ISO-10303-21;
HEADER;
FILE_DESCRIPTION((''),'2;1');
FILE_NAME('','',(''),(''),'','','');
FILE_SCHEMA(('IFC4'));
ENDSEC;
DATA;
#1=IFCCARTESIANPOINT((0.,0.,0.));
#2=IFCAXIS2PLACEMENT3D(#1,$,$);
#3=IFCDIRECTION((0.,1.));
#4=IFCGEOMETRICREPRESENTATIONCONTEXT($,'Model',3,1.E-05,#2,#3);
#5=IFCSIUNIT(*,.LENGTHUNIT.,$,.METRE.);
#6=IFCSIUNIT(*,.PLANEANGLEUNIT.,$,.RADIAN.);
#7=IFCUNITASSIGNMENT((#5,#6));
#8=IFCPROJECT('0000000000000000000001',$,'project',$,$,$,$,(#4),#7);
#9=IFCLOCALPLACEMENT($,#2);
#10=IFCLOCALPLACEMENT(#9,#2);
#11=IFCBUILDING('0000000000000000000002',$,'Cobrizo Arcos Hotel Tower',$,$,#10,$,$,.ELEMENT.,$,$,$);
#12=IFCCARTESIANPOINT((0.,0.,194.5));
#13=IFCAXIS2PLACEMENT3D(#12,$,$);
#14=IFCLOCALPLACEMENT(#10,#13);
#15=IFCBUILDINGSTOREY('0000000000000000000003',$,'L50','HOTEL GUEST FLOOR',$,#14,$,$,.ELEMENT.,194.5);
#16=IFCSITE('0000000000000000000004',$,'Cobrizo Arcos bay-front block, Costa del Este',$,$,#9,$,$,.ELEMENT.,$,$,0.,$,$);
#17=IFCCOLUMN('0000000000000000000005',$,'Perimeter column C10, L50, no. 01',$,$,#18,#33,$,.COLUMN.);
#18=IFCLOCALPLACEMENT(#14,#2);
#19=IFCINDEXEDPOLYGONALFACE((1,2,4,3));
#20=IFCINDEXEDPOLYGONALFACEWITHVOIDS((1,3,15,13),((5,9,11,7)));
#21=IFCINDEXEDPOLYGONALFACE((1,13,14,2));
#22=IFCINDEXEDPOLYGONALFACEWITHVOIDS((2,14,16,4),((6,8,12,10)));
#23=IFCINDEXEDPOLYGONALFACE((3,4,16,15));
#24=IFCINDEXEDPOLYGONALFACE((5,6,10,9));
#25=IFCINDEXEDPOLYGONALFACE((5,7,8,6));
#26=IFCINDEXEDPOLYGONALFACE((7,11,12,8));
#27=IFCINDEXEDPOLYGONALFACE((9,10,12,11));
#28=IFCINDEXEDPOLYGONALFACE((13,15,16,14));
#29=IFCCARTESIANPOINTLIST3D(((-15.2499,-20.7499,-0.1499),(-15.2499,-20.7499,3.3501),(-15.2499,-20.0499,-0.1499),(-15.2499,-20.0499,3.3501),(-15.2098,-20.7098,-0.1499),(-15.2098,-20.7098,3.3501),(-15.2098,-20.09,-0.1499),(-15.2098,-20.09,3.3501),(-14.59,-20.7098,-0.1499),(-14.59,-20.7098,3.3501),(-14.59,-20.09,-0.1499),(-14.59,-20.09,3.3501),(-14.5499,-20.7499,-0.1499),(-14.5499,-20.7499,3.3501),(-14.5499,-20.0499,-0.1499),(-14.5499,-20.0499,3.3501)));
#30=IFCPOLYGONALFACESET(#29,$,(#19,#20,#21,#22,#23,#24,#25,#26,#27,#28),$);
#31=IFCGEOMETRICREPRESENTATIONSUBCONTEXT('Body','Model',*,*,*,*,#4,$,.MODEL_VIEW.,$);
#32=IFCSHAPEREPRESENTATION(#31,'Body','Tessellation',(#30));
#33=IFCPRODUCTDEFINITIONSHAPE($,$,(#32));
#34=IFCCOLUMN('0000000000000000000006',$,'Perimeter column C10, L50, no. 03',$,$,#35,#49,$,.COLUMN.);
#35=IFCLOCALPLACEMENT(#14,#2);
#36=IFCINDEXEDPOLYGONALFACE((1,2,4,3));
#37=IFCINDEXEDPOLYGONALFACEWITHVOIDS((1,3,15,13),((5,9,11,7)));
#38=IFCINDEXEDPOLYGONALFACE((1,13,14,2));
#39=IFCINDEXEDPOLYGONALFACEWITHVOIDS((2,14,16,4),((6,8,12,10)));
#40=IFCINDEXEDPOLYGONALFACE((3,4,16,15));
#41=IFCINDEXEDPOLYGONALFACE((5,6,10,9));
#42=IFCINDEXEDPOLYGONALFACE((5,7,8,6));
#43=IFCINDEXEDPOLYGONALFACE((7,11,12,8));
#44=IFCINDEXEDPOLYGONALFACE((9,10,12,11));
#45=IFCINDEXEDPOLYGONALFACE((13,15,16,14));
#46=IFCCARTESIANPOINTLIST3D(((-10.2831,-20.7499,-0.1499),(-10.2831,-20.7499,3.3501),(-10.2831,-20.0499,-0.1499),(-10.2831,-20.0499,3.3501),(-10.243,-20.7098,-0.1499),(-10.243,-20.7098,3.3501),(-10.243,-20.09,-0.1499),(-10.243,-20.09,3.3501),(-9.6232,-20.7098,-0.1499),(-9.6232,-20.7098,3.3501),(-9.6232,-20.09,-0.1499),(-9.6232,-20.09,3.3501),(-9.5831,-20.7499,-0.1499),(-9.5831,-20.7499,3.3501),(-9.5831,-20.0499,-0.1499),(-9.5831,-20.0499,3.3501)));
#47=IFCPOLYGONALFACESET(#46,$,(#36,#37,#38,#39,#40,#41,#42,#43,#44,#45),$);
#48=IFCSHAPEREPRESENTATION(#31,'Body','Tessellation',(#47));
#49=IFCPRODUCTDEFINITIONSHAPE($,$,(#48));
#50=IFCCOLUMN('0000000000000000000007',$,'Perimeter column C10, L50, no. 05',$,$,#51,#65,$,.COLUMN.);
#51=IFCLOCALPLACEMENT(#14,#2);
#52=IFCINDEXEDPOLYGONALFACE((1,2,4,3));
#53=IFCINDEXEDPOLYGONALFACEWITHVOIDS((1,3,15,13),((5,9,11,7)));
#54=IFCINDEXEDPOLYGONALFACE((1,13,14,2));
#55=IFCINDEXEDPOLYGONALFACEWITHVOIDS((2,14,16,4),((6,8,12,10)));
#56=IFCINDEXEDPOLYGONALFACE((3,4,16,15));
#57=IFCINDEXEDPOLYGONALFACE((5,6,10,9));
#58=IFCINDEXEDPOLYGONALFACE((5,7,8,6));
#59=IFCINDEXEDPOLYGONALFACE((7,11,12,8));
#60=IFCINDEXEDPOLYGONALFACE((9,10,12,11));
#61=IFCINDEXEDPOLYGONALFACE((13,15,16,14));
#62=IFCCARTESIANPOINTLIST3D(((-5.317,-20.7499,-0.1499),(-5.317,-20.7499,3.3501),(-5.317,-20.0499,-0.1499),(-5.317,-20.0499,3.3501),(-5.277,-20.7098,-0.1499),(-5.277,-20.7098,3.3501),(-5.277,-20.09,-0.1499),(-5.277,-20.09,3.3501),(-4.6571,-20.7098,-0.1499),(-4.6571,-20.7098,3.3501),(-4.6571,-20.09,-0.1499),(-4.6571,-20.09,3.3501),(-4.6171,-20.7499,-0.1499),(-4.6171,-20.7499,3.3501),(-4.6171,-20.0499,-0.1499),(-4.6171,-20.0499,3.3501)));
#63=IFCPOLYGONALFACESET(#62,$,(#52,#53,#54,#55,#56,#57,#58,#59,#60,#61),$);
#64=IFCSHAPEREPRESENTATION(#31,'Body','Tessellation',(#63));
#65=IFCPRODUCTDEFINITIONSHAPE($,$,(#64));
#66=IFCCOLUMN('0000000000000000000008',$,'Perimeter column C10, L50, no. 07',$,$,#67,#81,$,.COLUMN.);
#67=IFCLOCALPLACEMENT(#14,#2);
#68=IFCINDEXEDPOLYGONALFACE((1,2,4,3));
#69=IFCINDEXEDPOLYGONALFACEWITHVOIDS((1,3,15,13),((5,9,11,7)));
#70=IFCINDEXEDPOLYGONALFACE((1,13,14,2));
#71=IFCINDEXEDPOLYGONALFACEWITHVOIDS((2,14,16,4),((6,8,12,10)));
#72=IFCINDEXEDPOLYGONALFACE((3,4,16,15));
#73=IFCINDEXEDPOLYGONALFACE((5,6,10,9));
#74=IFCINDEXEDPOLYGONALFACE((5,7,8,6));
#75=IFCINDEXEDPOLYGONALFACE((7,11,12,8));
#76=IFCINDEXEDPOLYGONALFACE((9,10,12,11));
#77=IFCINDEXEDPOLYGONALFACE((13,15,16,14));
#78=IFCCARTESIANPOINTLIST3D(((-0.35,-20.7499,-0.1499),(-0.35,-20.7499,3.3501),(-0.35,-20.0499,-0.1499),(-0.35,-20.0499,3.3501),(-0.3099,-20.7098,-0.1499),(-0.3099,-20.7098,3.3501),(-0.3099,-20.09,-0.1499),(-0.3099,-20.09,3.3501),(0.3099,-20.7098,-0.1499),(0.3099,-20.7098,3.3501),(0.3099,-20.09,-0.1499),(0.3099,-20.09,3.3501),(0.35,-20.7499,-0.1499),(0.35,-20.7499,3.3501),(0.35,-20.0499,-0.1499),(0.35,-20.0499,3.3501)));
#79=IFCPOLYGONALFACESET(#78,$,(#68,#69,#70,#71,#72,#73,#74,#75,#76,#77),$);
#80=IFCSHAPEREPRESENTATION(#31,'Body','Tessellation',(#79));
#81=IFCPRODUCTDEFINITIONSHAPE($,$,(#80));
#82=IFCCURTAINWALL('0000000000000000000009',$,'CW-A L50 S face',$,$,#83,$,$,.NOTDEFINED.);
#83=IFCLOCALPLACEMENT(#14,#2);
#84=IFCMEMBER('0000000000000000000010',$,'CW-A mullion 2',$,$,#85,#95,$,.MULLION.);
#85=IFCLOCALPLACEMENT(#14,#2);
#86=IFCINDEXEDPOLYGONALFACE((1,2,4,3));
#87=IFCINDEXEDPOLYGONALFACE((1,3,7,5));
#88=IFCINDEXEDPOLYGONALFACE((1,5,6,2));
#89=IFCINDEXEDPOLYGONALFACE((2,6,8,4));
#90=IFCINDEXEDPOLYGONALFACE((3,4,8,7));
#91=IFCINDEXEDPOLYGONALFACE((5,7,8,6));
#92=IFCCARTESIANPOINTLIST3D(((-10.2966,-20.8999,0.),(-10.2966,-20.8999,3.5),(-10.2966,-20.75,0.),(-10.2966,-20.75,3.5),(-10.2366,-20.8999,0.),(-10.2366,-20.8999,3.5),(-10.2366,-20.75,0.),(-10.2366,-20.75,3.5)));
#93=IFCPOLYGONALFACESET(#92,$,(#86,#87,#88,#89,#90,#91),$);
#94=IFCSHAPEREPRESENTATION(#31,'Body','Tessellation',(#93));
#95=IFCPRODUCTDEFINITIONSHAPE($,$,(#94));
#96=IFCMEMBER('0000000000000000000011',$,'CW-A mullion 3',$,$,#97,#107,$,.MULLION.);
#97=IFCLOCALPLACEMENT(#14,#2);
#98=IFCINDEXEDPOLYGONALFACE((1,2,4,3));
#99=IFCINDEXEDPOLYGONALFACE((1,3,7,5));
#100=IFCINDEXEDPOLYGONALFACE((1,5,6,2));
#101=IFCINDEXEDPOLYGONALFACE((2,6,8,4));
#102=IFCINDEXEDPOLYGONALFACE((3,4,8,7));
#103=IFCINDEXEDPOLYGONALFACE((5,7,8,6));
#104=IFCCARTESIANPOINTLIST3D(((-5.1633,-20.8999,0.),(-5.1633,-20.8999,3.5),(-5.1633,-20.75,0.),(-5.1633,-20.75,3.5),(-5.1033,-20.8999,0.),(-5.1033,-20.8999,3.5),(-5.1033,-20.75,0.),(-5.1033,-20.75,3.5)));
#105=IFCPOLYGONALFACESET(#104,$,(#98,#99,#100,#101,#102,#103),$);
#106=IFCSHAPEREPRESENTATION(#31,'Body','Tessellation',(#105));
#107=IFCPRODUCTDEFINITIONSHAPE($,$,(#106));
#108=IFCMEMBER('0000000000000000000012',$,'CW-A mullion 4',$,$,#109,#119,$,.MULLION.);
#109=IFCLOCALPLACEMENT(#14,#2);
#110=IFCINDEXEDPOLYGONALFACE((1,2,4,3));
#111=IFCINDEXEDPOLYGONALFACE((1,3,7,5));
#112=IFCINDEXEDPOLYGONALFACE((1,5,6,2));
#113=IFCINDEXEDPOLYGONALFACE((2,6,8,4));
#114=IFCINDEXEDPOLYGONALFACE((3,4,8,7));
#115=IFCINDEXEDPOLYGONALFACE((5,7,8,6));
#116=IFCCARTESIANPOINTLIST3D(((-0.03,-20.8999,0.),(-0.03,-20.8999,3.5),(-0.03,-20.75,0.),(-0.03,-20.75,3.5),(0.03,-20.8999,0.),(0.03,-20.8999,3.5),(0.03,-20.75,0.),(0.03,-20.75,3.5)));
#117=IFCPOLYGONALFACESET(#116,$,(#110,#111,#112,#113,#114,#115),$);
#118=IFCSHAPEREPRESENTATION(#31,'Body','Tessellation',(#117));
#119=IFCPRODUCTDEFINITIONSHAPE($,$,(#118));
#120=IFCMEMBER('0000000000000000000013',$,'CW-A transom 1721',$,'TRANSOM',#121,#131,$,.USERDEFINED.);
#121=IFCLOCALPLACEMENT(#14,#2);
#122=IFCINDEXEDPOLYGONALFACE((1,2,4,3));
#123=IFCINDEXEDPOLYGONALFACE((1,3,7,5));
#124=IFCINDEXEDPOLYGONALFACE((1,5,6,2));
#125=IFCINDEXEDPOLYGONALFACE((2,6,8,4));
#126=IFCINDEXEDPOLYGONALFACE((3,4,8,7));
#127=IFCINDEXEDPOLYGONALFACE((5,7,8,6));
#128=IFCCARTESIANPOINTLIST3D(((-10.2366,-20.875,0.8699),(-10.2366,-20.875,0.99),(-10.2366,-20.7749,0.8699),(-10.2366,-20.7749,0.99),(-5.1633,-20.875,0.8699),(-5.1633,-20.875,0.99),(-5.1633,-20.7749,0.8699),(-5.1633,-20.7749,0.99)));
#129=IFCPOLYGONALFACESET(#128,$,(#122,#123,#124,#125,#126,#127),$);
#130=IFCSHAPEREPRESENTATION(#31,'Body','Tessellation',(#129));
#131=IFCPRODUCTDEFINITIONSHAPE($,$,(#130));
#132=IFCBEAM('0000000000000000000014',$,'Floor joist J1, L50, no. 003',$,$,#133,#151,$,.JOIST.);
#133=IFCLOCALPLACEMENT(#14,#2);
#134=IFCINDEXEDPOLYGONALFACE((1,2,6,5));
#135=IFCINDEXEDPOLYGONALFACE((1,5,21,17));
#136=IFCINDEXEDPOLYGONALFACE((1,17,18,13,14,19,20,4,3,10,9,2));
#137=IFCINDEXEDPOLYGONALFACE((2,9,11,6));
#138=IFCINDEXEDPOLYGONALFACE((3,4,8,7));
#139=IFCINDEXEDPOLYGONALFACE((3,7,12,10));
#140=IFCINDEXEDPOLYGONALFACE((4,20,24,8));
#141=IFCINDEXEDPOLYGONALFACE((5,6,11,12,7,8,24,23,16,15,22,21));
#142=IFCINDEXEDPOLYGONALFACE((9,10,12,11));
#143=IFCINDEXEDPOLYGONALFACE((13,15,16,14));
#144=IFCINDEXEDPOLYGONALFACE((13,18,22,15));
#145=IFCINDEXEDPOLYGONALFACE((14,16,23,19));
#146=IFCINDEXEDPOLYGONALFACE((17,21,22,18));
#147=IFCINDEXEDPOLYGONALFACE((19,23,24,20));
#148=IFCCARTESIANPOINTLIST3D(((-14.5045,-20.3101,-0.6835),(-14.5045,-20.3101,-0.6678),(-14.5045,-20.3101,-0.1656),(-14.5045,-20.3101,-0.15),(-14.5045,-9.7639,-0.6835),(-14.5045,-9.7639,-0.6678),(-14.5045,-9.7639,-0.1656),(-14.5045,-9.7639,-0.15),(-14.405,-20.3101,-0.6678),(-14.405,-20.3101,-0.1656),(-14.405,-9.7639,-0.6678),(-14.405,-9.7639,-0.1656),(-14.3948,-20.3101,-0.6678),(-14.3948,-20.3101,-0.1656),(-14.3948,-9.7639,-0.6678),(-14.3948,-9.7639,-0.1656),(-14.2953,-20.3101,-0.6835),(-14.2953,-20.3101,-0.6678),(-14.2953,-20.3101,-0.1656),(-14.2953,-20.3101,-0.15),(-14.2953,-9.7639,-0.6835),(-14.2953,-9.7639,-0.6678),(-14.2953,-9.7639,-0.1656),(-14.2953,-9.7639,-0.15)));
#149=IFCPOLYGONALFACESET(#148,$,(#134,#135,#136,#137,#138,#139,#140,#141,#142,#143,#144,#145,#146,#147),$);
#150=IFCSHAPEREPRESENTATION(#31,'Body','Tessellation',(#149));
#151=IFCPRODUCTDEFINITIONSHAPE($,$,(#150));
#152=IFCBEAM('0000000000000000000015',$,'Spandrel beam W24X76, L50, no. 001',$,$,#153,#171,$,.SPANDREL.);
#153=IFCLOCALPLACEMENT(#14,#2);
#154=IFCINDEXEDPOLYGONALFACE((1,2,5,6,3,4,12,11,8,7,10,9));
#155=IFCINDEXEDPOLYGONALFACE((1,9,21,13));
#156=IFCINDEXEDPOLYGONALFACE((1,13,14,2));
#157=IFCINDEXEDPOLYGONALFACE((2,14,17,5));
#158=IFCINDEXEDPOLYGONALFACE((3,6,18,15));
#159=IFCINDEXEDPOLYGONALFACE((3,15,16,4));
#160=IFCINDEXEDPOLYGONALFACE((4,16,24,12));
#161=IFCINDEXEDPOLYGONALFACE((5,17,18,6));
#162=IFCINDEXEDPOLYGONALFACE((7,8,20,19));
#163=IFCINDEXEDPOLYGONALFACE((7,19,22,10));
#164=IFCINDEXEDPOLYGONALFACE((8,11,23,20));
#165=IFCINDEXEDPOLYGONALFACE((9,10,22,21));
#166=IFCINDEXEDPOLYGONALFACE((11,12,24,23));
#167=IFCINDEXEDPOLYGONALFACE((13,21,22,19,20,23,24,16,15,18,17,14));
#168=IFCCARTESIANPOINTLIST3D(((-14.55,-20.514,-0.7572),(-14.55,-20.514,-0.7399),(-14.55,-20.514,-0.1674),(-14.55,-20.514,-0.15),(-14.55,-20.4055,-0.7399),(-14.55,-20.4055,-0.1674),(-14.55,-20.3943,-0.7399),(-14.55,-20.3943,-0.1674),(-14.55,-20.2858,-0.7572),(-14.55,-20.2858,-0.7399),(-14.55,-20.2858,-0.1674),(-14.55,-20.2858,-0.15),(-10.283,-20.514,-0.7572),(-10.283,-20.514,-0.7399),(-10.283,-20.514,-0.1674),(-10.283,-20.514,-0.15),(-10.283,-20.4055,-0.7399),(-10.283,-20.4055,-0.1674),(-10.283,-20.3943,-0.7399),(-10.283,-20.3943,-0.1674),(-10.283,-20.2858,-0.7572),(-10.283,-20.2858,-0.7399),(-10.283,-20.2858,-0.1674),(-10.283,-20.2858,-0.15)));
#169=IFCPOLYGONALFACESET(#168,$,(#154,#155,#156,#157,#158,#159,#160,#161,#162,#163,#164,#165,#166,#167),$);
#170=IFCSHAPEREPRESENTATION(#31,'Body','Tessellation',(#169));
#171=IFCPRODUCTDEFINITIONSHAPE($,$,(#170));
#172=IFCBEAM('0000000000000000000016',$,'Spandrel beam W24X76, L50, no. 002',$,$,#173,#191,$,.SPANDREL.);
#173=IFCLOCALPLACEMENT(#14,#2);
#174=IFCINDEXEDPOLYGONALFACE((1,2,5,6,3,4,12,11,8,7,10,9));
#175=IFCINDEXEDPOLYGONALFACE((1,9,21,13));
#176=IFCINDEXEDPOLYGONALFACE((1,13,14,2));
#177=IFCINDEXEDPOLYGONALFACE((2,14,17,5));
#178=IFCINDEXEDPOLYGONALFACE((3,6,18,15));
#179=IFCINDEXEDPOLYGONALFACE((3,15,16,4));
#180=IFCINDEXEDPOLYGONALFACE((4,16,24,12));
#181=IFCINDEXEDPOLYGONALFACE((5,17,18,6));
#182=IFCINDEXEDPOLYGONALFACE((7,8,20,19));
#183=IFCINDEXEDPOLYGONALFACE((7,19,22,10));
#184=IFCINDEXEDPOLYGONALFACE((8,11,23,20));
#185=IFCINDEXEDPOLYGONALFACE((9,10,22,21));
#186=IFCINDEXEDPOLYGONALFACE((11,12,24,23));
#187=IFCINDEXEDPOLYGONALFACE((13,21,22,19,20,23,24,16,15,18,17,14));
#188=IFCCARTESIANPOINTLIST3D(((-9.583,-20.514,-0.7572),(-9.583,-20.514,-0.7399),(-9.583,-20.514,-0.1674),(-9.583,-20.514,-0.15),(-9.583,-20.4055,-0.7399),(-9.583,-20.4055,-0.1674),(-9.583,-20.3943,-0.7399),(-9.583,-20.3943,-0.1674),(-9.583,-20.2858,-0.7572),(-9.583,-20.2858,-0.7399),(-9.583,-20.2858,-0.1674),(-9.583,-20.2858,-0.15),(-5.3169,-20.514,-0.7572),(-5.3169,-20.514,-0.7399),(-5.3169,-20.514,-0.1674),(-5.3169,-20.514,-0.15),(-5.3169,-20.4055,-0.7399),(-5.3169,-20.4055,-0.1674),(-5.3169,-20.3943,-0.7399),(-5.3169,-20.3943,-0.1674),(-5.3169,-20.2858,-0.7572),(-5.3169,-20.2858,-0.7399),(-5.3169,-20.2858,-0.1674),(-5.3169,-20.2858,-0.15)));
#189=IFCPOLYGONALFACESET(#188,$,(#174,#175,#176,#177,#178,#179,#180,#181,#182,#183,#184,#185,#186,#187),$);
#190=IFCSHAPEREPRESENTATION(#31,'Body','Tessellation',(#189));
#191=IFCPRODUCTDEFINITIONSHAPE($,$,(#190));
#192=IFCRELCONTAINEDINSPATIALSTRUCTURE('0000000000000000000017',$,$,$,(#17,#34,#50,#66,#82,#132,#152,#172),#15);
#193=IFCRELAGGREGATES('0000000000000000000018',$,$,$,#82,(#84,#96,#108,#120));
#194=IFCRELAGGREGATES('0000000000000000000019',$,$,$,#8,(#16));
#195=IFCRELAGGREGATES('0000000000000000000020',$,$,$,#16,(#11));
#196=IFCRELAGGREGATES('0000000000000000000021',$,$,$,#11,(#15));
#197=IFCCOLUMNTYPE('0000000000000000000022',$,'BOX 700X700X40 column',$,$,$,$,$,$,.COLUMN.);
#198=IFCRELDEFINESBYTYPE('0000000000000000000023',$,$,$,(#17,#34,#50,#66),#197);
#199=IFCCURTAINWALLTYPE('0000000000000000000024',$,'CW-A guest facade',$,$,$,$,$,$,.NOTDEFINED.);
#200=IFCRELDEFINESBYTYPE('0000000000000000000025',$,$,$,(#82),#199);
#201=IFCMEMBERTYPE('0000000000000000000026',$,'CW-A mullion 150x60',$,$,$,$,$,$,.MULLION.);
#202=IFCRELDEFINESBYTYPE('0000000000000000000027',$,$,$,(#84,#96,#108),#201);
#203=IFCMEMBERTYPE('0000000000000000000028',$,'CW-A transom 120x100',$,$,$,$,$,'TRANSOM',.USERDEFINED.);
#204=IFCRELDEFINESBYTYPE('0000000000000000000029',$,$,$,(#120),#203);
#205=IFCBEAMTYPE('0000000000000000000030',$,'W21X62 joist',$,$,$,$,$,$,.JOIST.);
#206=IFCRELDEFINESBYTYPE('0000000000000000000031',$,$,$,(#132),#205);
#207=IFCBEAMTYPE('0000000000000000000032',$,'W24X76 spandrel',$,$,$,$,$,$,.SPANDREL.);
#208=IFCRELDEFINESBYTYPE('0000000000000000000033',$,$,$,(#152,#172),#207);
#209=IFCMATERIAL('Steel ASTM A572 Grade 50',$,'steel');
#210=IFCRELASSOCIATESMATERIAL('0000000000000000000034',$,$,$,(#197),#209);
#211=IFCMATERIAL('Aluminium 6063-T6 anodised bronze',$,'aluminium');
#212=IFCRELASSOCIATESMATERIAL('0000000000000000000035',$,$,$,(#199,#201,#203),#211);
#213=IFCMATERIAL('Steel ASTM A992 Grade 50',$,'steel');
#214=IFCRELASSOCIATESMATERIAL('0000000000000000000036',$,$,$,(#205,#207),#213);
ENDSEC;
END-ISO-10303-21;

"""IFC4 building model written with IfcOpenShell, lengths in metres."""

from ifc_helpers import new_model, si_unit, direction, frame, origin, origin_2d, place, context, subcontext, project, spatial, rectangle, hollow_rectangle, i_section, extrude, material, material_profile, profile_set, type_object, element, aggregate, save


model = new_model("IFC4")

# Units and contexts
model_context = context("Model", 3, precision=1e-05, world=origin(), true_north=direction((0.0, 1.0)))
body_context = subcontext(model_context, "Body", "Model", "MODEL_VIEW")
ifc_project = project(units=[si_unit("LENGTHUNIT", "METRE"), si_unit("PLANEANGLEUNIT", "RADIAN")], contexts=[model_context])

# Site, building, storey
site_placement = place(None, origin())
site = spatial("IfcSite", under=ifc_project, at=site_placement, Name="Cobrizo Arcos bay-front block, Costa del Este", CompositionType="ELEMENT", RefElevation=0.0)
building_placement = place(site_placement, origin())
building = spatial("IfcBuilding", under=site, at=building_placement, Name="Cobrizo Arcos Hotel Tower", CompositionType="ELEMENT")
storey_placement = place(building_placement, frame((0.0, 0.0, 194.5)))
storey = spatial("IfcBuildingStorey", under=building, at=storey_placement, Name="L50", Description="HOTEL GUEST FLOOR", CompositionType="ELEMENT", Elevation=194.5)

# Columns
ifc_material_1 = material(Name="Steel ASTM A572 Grade 50", Category="steel")
ifc_material_profile_1 = material_profile(ifc_material_1, hollow_rectangle(XDim=0.7, YDim=0.7, WallThickness=0.04, at=origin_2d()), Name="BOX 700X700X40")
ifc_profile_set_1 = profile_set([ifc_material_profile_1], Name="Steel ASTM A572 Grade 50")
column_type = type_object("IfcColumnType", Name="BOX 700X700X40 column", PredefinedType="COLUMN", material=ifc_profile_set_1)
for number, where, z_axis, x_axis, name in (
    (1, (-14.8999, -20.3999, -0.1499), (0.0, 0.0, 1.0), (1.0, 0.0, 0.0), "Perimeter column C10, L50, no. 01"),
    (2, (-9.9331, -20.3999, -0.1499), (0.0, 0.0, 1.0), (1.0, 0.0, 0.0), "Perimeter column C10, L50, no. 03"),
    (3, (-4.967, -20.3999, -0.1499), (0.0, 0.0, 1.0), (1.0, 0.0, 0.0), "Perimeter column C10, L50, no. 05"),
    (4, (0.0, -20.3999, -0.1499), (0.0, 0.0, 1.0), (1.0, 0.0, 0.0), "Perimeter column C10, L50, no. 07"),
):
    element("IfcColumn", number, at=place(storey_placement, frame(where, z_axis=z_axis, x_axis=x_axis)), inside=storey, type_object=column_type, Name=name, PredefinedType="COLUMN", context=body_context, shape_type="SweptSolid", body=[
        extrude(hollow_rectangle(XDim=0.7, YDim=0.7, WallThickness=0.04, at=origin_2d()), origin(), (0.0, 0.0, 1.0), 3.5),
    ])

# Curtain wall, members
ifc_material_2 = material(Name="Aluminium 6063-T6 anodised bronze", Category="aluminium")
curtain_wall_type = type_object("IfcCurtainWallType", Name="CW-A guest facade", PredefinedType="NOTDEFINED", material=ifc_material_2)
curtain_wall_placement = place(storey_placement, origin())
curtain_wall = element("IfcCurtainWall", 5, at=curtain_wall_placement, inside=storey, type_object=curtain_wall_type, Name="CW-A L50 S face", PredefinedType="NOTDEFINED")
ifc_material_profile_2 = material_profile(ifc_material_2, rectangle(XDim=0.1499, YDim=0.0601, at=origin_2d()), Name="CW-A mullion 150x60")
ifc_profile_set_2 = profile_set([ifc_material_profile_2], Name="Aluminium 6063-T6 anodised bronze")
member_type_1 = type_object("IfcMemberType", Name="CW-A mullion 150x60", PredefinedType="MULLION", material=ifc_profile_set_2)
member_1_placement = place(storey_placement, frame((-10.2666, -20.825, 0.0), z_axis=(0.0, 0.0, 1.0), x_axis=(0.0, -1.0, 0.0)))
member_1 = element("IfcMember", 6, at=member_1_placement, type_object=member_type_1, Name="CW-A mullion 2", PredefinedType="MULLION", context=body_context, shape_type="SweptSolid", body=[
    extrude(rectangle(XDim=0.1499, YDim=0.0601, at=origin_2d()), origin(), (0.0, 0.0, 1.0), 3.5),
])
member_2_placement = place(storey_placement, frame((-5.1333, -20.825, 0.0), z_axis=(0.0, 0.0, 1.0), x_axis=(0.0, -1.0, 0.0)))
member_2 = element("IfcMember", 7, at=member_2_placement, type_object=member_type_1, Name="CW-A mullion 3", PredefinedType="MULLION", context=body_context, shape_type="SweptSolid", body=[
    extrude(rectangle(XDim=0.1499, YDim=0.0601, at=origin_2d()), origin(), (0.0, 0.0, 1.0), 3.5),
])
member_3_placement = place(storey_placement, frame((0.0, -20.825, 0.0), z_axis=(0.0, 0.0, 1.0), x_axis=(0.0, -1.0, 0.0)))
member_3 = element("IfcMember", 8, at=member_3_placement, type_object=member_type_1, Name="CW-A mullion 4", PredefinedType="MULLION", context=body_context, shape_type="SweptSolid", body=[
    extrude(rectangle(XDim=0.1499, YDim=0.0601, at=origin_2d()), origin(), (0.0, 0.0, 1.0), 3.5),
])
ifc_material_profile_3 = material_profile(ifc_material_2, rectangle(XDim=0.1001, YDim=0.1201, at=origin_2d()), Name="CW-A transom 120x100")
ifc_profile_set_3 = profile_set([ifc_material_profile_3], Name="Aluminium 6063-T6 anodised bronze")
member_type_2 = type_object("IfcMemberType", Name="CW-A transom 120x100", ElementType="TRANSOM", PredefinedType="USERDEFINED", material=ifc_profile_set_3)
member_4_placement = place(storey_placement, frame((-10.2366, -20.825, 0.9299), z_axis=(1.0, 0.0, 0.0), x_axis=(0.0, 1.0, 0.0)))
member_4 = element("IfcMember", 9, at=member_4_placement, type_object=member_type_2, Name="CW-A transom 1721", ObjectType="TRANSOM", PredefinedType="USERDEFINED", context=body_context, shape_type="SweptSolid", body=[
    extrude(rectangle(XDim=0.1001, YDim=0.1201, at=origin_2d()), origin(), (0.0, 0.0, 1.0), 5.0732),
])

# Beams
ifc_material_3 = material(Name="Steel ASTM A992 Grade 50", Category="steel")
ifc_material_profile_4 = material_profile(ifc_material_3, i_section(OverallWidth=0.2092, OverallDepth=0.5334, WebThickness=0.0103, FlangeThickness=0.0156, at=origin_2d()), Name="W21X62")
ifc_profile_set_4 = profile_set([ifc_material_profile_4], Name="Steel ASTM A992 Grade 50")
beam_type_1 = type_object("IfcBeamType", Name="W21X62 joist", PredefinedType="JOIST", material=ifc_profile_set_4)
beam_1_placement = place(storey_placement, frame((-14.3999, -20.3101, -0.4167), z_axis=(0.0, 1.0, 0.0), x_axis=(-1.0, 0.0, 0.0)))
element("IfcBeam", 10, at=beam_1_placement, inside=storey, type_object=beam_type_1, Name="Floor joist J1, L50, no. 003", PredefinedType="JOIST", context=body_context, shape_type="SweptSolid", body=[
    extrude(i_section(OverallWidth=0.2092, OverallDepth=0.5334, WebThickness=0.0103, FlangeThickness=0.0156, at=origin_2d()), origin(), (0.0, 0.0, 1.0), 10.5461),
])
ifc_material_profile_5 = material_profile(ifc_material_3, i_section(OverallWidth=0.2283, OverallDepth=0.6072, WebThickness=0.0112, FlangeThickness=0.0173, at=origin_2d()), Name="W24X76")
ifc_profile_set_5 = profile_set([ifc_material_profile_5], Name="Steel ASTM A992 Grade 50")
beam_type_2 = type_object("IfcBeamType", Name="W24X76 spandrel", PredefinedType="SPANDREL", material=ifc_profile_set_5)
beam_2_placement = place(storey_placement, frame((-14.55, -20.3999, -0.4536), z_axis=(1.0, 0.0, 0.0), x_axis=(0.0, 1.0, 0.0)))
element("IfcBeam", 11, at=beam_2_placement, inside=storey, type_object=beam_type_2, Name="Spandrel beam W24X76, L50, no. 001", PredefinedType="SPANDREL", context=body_context, shape_type="SweptSolid", body=[
    extrude(i_section(OverallWidth=0.2283, OverallDepth=0.6072, WebThickness=0.0112, FlangeThickness=0.0173, at=origin_2d()), origin(), (0.0, 0.0, 1.0), 4.2671),
])
beam_3_placement = place(storey_placement, frame((-9.583, -20.3999, -0.4536), z_axis=(1.0, 0.0, 0.0), x_axis=(0.0, 1.0, 0.0)))
element("IfcBeam", 12, at=beam_3_placement, inside=storey, type_object=beam_type_2, Name="Spandrel beam W24X76, L50, no. 002", PredefinedType="SPANDREL", context=body_context, shape_type="SweptSolid", body=[
    extrude(i_section(OverallWidth=0.2283, OverallDepth=0.6072, WebThickness=0.0112, FlangeThickness=0.0173, at=origin_2d()), origin(), (0.0, 0.0, 1.0), 4.2661),
])

aggregate(curtain_wall, [member_1, member_2, member_3, member_4])

save(model, "model.ifc")
